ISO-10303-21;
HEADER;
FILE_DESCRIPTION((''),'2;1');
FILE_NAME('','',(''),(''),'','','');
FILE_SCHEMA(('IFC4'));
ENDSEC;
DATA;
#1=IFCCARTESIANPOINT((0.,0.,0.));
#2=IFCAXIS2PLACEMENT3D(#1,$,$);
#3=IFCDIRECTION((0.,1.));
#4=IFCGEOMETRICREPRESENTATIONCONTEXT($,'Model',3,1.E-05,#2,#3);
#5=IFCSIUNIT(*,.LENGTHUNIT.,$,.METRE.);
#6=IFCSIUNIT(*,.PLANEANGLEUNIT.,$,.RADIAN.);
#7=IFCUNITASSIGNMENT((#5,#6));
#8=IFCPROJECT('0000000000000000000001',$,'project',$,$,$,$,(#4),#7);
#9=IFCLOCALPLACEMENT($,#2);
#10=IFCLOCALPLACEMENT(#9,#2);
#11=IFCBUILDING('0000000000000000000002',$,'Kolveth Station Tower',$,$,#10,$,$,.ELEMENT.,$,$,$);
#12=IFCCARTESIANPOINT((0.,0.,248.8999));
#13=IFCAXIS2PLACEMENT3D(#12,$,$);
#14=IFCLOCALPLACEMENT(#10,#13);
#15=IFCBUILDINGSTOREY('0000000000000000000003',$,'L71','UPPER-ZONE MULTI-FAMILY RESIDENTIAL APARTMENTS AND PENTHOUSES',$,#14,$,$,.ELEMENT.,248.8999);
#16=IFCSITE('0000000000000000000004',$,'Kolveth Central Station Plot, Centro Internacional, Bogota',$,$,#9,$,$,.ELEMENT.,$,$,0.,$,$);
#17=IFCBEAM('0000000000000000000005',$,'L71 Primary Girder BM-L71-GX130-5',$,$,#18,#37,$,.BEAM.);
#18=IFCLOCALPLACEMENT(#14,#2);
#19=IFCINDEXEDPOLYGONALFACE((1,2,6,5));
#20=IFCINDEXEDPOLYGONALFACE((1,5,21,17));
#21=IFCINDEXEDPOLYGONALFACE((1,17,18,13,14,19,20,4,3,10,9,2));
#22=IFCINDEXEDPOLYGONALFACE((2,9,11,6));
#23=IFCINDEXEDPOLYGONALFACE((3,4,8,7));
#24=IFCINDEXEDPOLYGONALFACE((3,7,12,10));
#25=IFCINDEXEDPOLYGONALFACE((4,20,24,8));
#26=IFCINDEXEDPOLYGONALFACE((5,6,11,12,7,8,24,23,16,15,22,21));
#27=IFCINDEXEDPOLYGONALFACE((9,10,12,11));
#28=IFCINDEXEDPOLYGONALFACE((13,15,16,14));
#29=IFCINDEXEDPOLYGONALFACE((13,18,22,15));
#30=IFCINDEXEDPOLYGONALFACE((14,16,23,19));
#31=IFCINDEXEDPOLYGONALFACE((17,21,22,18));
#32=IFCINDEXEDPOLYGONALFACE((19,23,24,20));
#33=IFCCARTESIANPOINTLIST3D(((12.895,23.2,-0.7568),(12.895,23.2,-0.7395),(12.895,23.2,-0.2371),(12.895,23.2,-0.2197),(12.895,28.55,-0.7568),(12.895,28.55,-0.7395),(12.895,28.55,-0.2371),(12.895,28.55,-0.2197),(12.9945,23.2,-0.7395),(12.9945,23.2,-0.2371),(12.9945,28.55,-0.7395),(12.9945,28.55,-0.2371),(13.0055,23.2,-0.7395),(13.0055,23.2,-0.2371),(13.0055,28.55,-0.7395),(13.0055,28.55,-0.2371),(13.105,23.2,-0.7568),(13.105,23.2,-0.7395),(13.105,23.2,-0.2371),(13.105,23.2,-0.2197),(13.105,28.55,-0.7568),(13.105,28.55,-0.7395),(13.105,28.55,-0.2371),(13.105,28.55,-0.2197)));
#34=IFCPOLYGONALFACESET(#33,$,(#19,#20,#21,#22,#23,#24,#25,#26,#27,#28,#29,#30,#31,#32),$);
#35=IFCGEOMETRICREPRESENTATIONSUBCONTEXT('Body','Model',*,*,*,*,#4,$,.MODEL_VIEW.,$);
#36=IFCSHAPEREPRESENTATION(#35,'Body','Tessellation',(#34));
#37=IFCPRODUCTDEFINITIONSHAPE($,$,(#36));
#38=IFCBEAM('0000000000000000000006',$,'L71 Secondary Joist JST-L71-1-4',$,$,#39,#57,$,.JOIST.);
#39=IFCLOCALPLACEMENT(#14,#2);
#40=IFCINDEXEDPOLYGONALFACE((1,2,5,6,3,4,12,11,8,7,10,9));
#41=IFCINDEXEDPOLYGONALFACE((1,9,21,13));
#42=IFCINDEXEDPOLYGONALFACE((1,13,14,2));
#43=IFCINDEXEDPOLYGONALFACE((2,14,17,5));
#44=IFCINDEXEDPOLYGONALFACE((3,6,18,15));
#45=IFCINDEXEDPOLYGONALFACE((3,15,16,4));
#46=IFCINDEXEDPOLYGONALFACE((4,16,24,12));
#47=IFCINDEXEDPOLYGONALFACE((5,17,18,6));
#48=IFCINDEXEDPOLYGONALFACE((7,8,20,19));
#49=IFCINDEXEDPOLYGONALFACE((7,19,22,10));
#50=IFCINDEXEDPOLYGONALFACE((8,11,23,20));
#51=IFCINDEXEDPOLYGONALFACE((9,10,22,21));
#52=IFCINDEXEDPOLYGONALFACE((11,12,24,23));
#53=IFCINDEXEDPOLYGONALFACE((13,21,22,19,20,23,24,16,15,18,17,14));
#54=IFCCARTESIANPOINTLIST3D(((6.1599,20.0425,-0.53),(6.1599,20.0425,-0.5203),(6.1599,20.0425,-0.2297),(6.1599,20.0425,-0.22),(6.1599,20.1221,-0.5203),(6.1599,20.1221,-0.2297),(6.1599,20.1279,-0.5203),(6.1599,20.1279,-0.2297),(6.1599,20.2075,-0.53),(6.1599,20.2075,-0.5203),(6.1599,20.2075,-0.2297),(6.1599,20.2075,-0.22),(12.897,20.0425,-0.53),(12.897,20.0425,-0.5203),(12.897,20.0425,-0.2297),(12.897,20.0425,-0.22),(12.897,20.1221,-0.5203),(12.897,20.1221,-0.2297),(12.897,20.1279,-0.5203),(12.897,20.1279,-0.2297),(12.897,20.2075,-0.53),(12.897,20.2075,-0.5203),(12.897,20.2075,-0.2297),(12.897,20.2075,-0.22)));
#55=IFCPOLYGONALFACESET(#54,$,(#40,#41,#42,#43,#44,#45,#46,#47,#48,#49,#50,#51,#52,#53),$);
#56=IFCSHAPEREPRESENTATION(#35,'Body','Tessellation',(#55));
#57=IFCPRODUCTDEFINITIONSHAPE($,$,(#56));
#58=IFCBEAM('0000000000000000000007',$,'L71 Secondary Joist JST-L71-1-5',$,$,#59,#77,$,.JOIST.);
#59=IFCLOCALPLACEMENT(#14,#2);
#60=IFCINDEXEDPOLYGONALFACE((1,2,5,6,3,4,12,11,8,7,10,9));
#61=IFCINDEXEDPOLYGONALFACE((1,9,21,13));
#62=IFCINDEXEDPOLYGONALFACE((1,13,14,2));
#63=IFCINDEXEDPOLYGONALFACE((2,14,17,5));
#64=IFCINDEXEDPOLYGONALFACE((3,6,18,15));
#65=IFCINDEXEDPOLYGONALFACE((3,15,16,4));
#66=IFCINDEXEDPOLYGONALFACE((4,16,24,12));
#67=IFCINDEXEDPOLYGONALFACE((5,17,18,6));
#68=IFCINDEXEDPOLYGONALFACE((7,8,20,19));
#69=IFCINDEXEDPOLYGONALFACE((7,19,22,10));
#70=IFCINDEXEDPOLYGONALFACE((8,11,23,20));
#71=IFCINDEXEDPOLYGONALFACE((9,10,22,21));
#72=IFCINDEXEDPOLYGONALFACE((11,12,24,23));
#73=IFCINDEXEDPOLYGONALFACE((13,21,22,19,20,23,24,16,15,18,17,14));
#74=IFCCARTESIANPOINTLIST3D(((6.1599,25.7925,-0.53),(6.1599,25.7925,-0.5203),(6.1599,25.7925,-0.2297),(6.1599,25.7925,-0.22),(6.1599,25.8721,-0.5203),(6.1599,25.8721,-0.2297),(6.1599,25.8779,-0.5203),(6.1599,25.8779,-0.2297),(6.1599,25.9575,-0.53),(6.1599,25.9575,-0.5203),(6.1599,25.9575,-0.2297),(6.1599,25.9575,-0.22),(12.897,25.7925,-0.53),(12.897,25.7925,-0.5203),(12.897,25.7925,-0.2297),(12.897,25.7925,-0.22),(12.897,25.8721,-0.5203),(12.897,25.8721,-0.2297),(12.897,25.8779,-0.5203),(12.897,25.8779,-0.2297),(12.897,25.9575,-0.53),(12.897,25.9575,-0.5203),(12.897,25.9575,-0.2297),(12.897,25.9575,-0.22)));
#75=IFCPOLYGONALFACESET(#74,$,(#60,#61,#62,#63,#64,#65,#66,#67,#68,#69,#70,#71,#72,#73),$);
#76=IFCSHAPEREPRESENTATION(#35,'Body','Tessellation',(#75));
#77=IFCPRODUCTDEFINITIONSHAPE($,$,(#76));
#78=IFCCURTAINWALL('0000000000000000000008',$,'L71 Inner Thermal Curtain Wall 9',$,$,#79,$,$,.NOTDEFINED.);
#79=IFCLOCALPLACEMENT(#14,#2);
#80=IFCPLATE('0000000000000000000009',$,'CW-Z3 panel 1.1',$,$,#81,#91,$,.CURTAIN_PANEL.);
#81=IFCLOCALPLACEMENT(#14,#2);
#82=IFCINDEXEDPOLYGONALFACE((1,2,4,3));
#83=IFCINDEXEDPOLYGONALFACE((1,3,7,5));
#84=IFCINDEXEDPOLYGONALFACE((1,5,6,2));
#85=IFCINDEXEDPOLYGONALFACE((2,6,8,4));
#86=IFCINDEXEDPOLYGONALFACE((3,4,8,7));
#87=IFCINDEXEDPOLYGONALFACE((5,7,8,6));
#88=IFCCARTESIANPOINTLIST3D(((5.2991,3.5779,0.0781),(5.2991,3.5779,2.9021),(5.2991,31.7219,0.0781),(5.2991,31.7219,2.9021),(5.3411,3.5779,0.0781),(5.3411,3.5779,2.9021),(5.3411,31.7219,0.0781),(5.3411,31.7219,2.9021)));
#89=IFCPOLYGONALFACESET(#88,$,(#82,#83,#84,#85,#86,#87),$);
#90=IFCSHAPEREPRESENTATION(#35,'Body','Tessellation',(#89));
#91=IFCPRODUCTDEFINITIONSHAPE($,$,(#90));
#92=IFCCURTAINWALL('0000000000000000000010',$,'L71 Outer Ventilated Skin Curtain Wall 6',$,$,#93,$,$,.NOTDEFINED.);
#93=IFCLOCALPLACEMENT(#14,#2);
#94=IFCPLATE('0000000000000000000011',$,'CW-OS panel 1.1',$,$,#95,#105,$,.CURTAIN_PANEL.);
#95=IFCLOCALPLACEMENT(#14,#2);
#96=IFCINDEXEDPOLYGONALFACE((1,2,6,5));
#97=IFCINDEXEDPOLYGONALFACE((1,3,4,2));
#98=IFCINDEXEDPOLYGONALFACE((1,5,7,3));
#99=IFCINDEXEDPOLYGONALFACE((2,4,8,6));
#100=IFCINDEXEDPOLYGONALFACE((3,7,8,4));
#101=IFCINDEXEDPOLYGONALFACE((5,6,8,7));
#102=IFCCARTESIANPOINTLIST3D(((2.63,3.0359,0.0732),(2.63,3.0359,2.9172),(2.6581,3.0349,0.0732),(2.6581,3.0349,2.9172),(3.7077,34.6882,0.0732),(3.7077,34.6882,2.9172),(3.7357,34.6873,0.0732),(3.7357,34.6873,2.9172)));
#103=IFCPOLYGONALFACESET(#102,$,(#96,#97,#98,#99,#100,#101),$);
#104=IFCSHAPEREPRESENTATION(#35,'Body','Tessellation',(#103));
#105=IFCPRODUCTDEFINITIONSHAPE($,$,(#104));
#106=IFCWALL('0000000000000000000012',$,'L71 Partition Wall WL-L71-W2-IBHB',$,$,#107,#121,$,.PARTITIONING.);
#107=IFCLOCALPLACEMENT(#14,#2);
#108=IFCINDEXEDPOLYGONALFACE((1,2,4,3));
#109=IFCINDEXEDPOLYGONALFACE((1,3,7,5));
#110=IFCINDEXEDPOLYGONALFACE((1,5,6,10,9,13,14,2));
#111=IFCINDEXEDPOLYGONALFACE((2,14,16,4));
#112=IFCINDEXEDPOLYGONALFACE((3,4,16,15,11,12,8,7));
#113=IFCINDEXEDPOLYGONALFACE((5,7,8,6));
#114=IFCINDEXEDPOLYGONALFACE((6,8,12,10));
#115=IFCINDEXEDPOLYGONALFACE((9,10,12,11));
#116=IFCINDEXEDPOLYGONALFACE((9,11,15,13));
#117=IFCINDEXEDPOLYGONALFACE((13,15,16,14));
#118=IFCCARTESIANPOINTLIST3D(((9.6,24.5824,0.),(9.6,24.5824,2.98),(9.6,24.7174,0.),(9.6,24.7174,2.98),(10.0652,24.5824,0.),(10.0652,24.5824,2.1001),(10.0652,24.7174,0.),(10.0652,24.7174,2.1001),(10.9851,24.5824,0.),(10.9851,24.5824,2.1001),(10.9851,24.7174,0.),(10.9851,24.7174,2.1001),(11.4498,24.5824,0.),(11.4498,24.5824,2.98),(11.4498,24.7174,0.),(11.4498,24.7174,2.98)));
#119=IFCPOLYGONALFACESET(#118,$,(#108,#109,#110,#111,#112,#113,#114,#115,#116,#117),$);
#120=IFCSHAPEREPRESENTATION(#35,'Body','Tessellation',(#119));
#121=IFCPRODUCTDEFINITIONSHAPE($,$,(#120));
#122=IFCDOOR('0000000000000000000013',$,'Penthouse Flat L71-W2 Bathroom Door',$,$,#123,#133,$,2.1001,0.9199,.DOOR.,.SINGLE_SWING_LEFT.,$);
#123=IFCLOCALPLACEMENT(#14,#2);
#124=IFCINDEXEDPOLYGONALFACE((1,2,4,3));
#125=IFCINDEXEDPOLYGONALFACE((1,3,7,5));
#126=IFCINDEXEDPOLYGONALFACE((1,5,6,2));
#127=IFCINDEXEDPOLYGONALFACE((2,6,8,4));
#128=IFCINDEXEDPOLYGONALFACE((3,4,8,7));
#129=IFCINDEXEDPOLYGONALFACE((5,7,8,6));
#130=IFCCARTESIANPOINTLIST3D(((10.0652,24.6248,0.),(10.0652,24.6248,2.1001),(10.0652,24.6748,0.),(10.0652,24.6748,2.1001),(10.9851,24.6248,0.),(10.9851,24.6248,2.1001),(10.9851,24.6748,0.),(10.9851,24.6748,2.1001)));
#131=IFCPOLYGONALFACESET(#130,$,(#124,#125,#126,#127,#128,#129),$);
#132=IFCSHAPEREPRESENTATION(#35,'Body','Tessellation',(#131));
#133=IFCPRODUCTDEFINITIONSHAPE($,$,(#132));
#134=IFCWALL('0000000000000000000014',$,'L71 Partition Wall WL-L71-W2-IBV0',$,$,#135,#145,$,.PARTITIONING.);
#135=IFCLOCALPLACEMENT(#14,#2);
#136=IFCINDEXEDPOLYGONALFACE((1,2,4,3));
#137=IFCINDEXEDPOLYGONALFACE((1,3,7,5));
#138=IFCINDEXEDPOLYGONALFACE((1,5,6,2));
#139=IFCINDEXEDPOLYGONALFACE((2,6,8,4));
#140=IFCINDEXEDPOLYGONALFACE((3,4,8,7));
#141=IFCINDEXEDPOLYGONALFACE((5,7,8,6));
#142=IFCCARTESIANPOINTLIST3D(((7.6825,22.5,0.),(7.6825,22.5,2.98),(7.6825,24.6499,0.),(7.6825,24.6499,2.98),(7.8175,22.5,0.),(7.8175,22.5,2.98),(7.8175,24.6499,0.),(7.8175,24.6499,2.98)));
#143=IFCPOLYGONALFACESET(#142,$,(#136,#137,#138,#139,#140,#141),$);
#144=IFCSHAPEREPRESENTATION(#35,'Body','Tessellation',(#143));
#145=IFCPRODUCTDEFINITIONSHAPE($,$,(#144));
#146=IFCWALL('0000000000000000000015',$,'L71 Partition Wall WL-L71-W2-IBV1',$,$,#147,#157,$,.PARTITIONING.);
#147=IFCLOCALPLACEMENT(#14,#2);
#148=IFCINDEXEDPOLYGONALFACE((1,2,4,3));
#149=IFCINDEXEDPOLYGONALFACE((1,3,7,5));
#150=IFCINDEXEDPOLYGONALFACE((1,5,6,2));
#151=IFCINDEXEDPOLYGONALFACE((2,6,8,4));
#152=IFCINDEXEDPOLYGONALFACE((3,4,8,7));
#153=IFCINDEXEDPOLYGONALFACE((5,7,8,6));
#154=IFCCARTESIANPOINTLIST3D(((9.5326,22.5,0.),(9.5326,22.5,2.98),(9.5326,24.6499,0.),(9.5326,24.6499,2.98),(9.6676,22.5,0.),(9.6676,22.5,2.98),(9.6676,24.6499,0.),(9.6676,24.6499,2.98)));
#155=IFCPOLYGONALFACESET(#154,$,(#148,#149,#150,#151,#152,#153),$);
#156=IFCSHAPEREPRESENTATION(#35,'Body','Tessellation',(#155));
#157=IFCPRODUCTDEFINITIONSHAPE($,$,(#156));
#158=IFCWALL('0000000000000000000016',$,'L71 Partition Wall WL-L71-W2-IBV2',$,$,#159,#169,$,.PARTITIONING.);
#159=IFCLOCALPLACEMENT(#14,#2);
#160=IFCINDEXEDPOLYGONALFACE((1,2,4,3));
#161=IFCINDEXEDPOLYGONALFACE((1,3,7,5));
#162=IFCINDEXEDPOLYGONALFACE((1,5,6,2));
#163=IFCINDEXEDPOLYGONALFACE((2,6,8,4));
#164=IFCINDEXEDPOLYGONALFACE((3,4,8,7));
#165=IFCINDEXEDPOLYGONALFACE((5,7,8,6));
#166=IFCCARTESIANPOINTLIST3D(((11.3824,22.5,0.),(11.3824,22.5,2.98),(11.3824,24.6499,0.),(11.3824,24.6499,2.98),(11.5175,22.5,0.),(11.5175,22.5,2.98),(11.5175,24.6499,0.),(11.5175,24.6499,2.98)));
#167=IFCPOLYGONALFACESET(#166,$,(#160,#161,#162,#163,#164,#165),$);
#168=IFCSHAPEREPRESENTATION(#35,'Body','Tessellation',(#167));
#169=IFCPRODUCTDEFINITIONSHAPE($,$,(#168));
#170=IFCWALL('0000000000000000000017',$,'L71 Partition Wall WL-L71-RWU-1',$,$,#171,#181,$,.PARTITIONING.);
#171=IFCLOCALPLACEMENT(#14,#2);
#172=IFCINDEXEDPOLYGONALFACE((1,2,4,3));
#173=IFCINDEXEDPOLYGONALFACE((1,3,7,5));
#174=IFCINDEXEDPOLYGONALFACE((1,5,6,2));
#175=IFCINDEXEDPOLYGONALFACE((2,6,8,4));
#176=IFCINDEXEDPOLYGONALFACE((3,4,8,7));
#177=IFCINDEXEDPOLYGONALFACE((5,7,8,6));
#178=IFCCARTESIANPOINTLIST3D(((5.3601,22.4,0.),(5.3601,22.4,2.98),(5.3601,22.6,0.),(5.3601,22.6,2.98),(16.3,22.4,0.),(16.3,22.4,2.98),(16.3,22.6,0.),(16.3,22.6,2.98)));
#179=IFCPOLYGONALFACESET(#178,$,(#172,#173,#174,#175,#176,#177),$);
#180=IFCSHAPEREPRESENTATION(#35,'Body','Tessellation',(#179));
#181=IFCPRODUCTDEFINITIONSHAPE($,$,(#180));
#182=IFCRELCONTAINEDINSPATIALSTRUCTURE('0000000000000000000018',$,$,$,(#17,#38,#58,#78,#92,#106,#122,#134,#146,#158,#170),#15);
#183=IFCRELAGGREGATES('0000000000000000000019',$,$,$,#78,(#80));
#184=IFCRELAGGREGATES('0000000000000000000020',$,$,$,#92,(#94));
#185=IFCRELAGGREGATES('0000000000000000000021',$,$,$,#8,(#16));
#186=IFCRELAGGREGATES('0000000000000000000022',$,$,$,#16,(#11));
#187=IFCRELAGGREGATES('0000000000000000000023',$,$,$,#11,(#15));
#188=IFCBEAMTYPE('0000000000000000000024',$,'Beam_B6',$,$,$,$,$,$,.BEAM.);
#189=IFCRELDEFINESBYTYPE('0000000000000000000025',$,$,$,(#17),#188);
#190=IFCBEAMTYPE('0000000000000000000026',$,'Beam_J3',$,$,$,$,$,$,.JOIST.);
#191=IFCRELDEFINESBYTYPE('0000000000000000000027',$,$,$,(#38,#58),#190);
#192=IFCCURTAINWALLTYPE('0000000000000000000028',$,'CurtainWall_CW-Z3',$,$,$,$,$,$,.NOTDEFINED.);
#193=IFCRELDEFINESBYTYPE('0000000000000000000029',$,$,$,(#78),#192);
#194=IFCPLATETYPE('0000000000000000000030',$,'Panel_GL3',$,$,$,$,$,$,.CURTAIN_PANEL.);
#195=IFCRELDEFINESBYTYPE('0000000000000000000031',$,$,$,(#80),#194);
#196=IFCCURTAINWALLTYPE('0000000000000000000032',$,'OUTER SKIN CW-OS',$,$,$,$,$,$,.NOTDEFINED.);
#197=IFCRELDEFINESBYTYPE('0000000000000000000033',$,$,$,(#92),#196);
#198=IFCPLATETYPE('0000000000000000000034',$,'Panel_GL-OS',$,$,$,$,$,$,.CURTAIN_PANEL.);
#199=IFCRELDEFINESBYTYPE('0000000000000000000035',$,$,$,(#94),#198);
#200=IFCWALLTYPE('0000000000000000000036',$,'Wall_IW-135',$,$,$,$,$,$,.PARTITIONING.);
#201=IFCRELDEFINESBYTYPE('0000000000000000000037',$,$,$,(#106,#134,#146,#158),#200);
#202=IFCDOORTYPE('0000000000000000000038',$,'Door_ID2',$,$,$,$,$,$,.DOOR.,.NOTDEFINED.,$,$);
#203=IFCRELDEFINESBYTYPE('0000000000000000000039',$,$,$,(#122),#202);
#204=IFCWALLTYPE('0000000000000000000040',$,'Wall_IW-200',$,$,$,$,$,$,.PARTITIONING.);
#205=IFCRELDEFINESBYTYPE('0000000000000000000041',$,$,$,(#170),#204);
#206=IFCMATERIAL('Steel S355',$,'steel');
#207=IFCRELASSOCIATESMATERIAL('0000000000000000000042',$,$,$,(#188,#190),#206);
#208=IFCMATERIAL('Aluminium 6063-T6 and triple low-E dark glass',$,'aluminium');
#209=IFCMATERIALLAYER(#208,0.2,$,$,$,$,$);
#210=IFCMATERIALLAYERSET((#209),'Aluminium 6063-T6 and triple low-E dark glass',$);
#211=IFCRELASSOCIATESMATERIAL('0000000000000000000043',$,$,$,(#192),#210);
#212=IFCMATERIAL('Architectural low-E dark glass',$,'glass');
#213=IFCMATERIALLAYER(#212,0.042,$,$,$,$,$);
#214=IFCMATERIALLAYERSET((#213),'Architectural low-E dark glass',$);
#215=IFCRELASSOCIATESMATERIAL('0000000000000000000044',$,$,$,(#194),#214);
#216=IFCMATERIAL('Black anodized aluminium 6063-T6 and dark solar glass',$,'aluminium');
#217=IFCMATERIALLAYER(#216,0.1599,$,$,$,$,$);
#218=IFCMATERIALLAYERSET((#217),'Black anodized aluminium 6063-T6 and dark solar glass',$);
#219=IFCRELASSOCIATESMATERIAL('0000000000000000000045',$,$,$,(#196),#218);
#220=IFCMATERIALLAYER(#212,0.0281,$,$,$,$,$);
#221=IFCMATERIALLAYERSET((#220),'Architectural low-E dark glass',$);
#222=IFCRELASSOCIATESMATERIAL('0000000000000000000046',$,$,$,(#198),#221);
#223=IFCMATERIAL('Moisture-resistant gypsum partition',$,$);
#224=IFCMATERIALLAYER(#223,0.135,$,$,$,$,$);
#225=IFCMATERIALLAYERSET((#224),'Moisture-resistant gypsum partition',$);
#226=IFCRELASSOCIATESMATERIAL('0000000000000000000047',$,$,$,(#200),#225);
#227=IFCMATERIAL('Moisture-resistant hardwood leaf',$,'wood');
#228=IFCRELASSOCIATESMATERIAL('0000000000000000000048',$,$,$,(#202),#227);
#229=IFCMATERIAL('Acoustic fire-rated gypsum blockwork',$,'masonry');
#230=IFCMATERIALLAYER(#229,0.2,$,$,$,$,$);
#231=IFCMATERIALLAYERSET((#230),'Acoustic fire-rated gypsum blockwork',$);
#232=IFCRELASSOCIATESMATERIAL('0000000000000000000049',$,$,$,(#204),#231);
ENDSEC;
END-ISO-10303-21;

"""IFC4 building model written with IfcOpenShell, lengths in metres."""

from ifc_helpers import new_model, si_unit, direction, frame, frame_2d, origin, origin_2d, place, context, subcontext, project, spatial, rectangle, i_section, extrude, source, transform, mapped, material, layer, layer_set, material_profile, profile_set, type_object, element, fill, aggregate, save


model = new_model("IFC4")

# Units and contexts
model_context = context("Model", 3, precision=1e-05, world=origin(), true_north=direction((0.0, 1.0)))
body_context = subcontext(model_context, "Body", "Model", "MODEL_VIEW")
ifc_project = project(units=[si_unit("LENGTHUNIT", "METRE"), si_unit("PLANEANGLEUNIT", "RADIAN")], contexts=[model_context])

# Site, building, storey
site_placement = place(None, origin())
site = spatial("IfcSite", under=ifc_project, at=site_placement, Name="Kolveth Central Station Plot, Centro Internacional, Bogota", CompositionType="ELEMENT", RefElevation=0.0)
building_placement = place(site_placement, origin())
building = spatial("IfcBuilding", under=site, at=building_placement, Name="Kolveth Station Tower", CompositionType="ELEMENT")
storey_placement = place(building_placement, frame((0.0, 0.0, 248.8999)))
storey = spatial("IfcBuildingStorey", under=building, at=storey_placement, Name="L71", Description="UPPER-ZONE MULTI-FAMILY RESIDENTIAL APARTMENTS AND PENTHOUSES", CompositionType="ELEMENT", Elevation=248.8999)

# Shared definitions
ifc_material_1 = material(Name="Steel S355", Category="steel")

# Beams
ifc_material_profile_1 = material_profile(ifc_material_1, i_section(OverallWidth=0.21, OverallDepth=0.5371, WebThickness=0.011, FlangeThickness=0.0173, at=origin_2d()), Name="W530x101")
ifc_profile_set_1 = profile_set([ifc_material_profile_1], Name="Steel S355")
beam_type_1 = type_object("IfcBeamType", Name="Beam_B6", PredefinedType="BEAM", material=ifc_profile_set_1)
shared_shape_1 = source(origin(), body_context, "Body", "SweptSolid", [
    extrude(i_section(OverallWidth=0.21, OverallDepth=0.5371, WebThickness=0.011, FlangeThickness=0.0173, at=origin_2d()), origin(), (0.0, 0.0, 1.0), 5.3501),
])
for number, where, z_axis, x_axis, name in (
    (1, (13.0, 23.2, -0.4883), (0.0, 1.0, 0.0), (-1.0, 0.0, 0.0), "L71 Primary Girder BM-L71-GX130-5"),
):
    element("IfcBeam", number, at=place(storey_placement, frame(where, z_axis=z_axis, x_axis=x_axis)), inside=storey, type_object=beam_type_1, Name=name, PredefinedType="BEAM", context=body_context, shape_type="MappedRepresentation", body=[
        mapped(shared_shape_1, transform((0.0, 0.0, 0.0), x_axis=(1.0, 0.0, 0.0), y_axis=(0.0, 1.0, 0.0), z_axis=(0.0, 0.0, 1.0), scale=1.0)),
    ])
ifc_material_profile_2 = material_profile(ifc_material_1, i_section(OverallWidth=0.165, OverallDepth=0.3101, WebThickness=0.0059, FlangeThickness=0.0098, at=origin_2d()), Name="W310x39")
ifc_profile_set_2 = profile_set([ifc_material_profile_2], Name="Steel S355")
beam_type_2 = type_object("IfcBeamType", Name="Beam_J3", PredefinedType="JOIST", material=ifc_profile_set_2)
shared_shape_2 = source(origin(), body_context, "Body", "SweptSolid", [
    extrude(i_section(OverallWidth=0.165, OverallDepth=0.3101, WebThickness=0.0059, FlangeThickness=0.0098, at=origin_2d()), origin(), (0.0, 0.0, 1.0), 6.7371),
])
for number, where, z_axis, x_axis, name in (
    (2, (6.1599, 20.125, -0.375), (1.0, 0.0, 0.0), (0.0, 1.0, 0.0), "L71 Secondary Joist JST-L71-1-4"),
    (3, (6.1599, 25.875, -0.375), (1.0, 0.0, 0.0), (0.0, 1.0, 0.0), "L71 Secondary Joist JST-L71-1-5"),
):
    element("IfcBeam", number, at=place(storey_placement, frame(where, z_axis=z_axis, x_axis=x_axis)), inside=storey, type_object=beam_type_2, Name=name, PredefinedType="JOIST", context=body_context, shape_type="MappedRepresentation", body=[
        mapped(shared_shape_2, transform((0.0, 0.0, 0.0), x_axis=(1.0, 0.0, 0.0), y_axis=(0.0, 1.0, 0.0), z_axis=(0.0, 0.0, 1.0), scale=1.0)),
    ])

# Curtain walls, plates
ifc_material_2 = material(Name="Aluminium 6063-T6 and triple low-E dark glass", Category="aluminium")
ifc_layer_1 = layer(ifc_material_2, 0.2)
ifc_layer_set_1 = layer_set([ifc_layer_1], Name="Aluminium 6063-T6 and triple low-E dark glass")
curtain_wall_type_1 = type_object("IfcCurtainWallType", Name="CurtainWall_CW-Z3", PredefinedType="NOTDEFINED", material=ifc_layer_set_1)
curtain_wall_1_placement = place(storey_placement, origin())
curtain_wall_1 = element("IfcCurtainWall", 4, at=curtain_wall_1_placement, inside=storey, type_object=curtain_wall_type_1, Name="L71 Inner Thermal Curtain Wall 9", PredefinedType="NOTDEFINED")
ifc_material_3 = material(Name="Architectural low-E dark glass", Category="glass")
ifc_layer_2 = layer(ifc_material_3, 0.042)
ifc_layer_set_2 = layer_set([ifc_layer_2], Name="Architectural low-E dark glass")
plate_type_1 = type_object("IfcPlateType", Name="Panel_GL3", PredefinedType="CURTAIN_PANEL", material=ifc_layer_set_2)
shared_shape_3 = source(origin(), body_context, "Body", "SweptSolid", [
    extrude(rectangle(XDim=28.144, YDim=0.042, at=origin_2d()), origin(), (0.0, 0.0, 1.0), 2.824),
])
plate_1_placement = place(storey_placement, frame((5.3201, 17.6499, 0.0781), z_axis=(0.0, 0.0, 1.0), x_axis=(0.0, -1.0, 0.0)))
plate_1 = element("IfcPlate", 5, at=plate_1_placement, type_object=plate_type_1, Name="CW-Z3 panel 1.1", PredefinedType="CURTAIN_PANEL", context=body_context, shape_type="MappedRepresentation", body=[
    mapped(shared_shape_3, transform((0.0, 0.0, 0.0), x_axis=(1.0, 0.0, 0.0), y_axis=(0.0, 1.0, 0.0), z_axis=(0.0, 0.0, 1.0), scale=1.0)),
])
aggregate(curtain_wall_1, [plate_1])
ifc_material_4 = material(Name="Black anodized aluminium 6063-T6 and dark solar glass", Category="aluminium")
ifc_layer_3 = layer(ifc_material_4, 0.1599)
ifc_layer_set_3 = layer_set([ifc_layer_3], Name="Black anodized aluminium 6063-T6 and dark solar glass")
curtain_wall_type_2 = type_object("IfcCurtainWallType", Name="OUTER SKIN CW-OS", PredefinedType="NOTDEFINED", material=ifc_layer_set_3)
curtain_wall_2_placement = place(storey_placement, origin())
curtain_wall_2 = element("IfcCurtainWall", 6, at=curtain_wall_2_placement, inside=storey, type_object=curtain_wall_type_2, Name="L71 Outer Ventilated Skin Curtain Wall 6", PredefinedType="NOTDEFINED")
ifc_layer_4 = layer(ifc_material_3, 0.0281)
ifc_layer_set_4 = layer_set([ifc_layer_4], Name="Architectural low-E dark glass")
plate_type_2 = type_object("IfcPlateType", Name="Panel_GL-OS", PredefinedType="CURTAIN_PANEL", material=ifc_layer_set_4)
shared_shape_4 = source(origin(), body_context, "Body", "SweptSolid", [
    extrude(rectangle(XDim=31.6707, YDim=0.0281, at=origin_2d()), origin(), (0.0, 0.0, 1.0), 2.844),
])
plate_2_placement = place(storey_placement, frame((3.1829, 18.8616, 0.0732), z_axis=(0.0, 0.0, 1.0), x_axis=(-0.034027, -0.999421, 0.0)))
plate_2 = element("IfcPlate", 7, at=plate_2_placement, type_object=plate_type_2, Name="CW-OS panel 1.1", PredefinedType="CURTAIN_PANEL", context=body_context, shape_type="MappedRepresentation", body=[
    mapped(shared_shape_4, transform((0.0, 0.0, 0.0), x_axis=(1.0, 0.0, 0.0), y_axis=(0.0, 1.0, 0.0), z_axis=(0.0, 0.0, 1.0), scale=1.0)),
])
aggregate(curtain_wall_2, [plate_2])

# Wall, opening, door
ifc_material_5 = material(Name="Moisture-resistant gypsum partition")
ifc_layer_5 = layer(ifc_material_5, 0.135)
ifc_layer_set_5 = layer_set([ifc_layer_5], Name="Moisture-resistant gypsum partition")
wall_type_1 = type_object("IfcWallType", Name="Wall_IW-135", PredefinedType="PARTITIONING", material=ifc_layer_set_5)
wall_1_placement = place(storey_placement, frame((9.6001, 24.6499, 0.0), z_axis=(0.0, 0.0, 1.0), x_axis=(1.0, 0.0, 0.0)))
wall_1 = element("IfcWall", 8, at=wall_1_placement, inside=storey, type_object=wall_type_1, Name="L71 Partition Wall WL-L71-W2-IBHB", PredefinedType="PARTITIONING", context=body_context, shape_type="SweptSolid", body=[
    extrude(rectangle(XDim=1.8499, YDim=0.135, at=frame_2d((0.9248, 0.0))), origin(), (0.0, 0.0, 1.0), 2.98),
])
opening_1_placement = place(wall_1_placement, frame((0.4651, 0.0, 0.0)))
opening_1 = element("IfcOpeningElement", 9, at=opening_1_placement, cuts=wall_1, PredefinedType="OPENING", context=body_context, shape_type="SweptSolid", body=[
    extrude(rectangle(XDim=0.9199, YDim=2.1001, at=frame_2d((0.46, 1.05))), frame((0.0, 0.0774, 0.0), z_axis=(0.0, -1.0, 0.0), x_axis=(1.0, 0.0, 0.0)), (0.0, 0.0, 1.0), 0.155),
])
ifc_material_6 = material(Name="Moisture-resistant hardwood leaf", Category="wood")
door_type_1 = type_object("IfcDoorType", Name="Door_ID2", OperationType="NOTDEFINED", PredefinedType="DOOR", material=ifc_material_6)
door_1_placement = place(opening_1_placement, origin())
door_1 = element("IfcDoor", 10, at=door_1_placement, inside=storey, type_object=door_type_1, Name="Penthouse Flat L71-W2 Bathroom Door", OperationType="SINGLE_SWING_LEFT", OverallHeight=2.1001, OverallWidth=0.9199, PredefinedType="DOOR", context=body_context, shape_type="SweptSolid", body=[
    extrude(rectangle(XDim=0.9199, YDim=2.1001, at=frame_2d((0.46, 1.05))), frame((0.0, 0.0249, 0.0), z_axis=(0.0, -1.0, 0.0), x_axis=(1.0, 0.0, 0.0)), (0.0, 0.0, 1.0), 0.05),
])
fill(opening_1, door_1)

# Walls
for number, where, z_axis, x_axis, name in (
    (11, (7.75, 22.5, 0.0), (0.0, 0.0, 1.0), (0.0, 1.0, 0.0), "L71 Partition Wall WL-L71-W2-IBV0"),
    (12, (9.6001, 22.5, 0.0), (0.0, 0.0, 1.0), (0.0, 1.0, 0.0), "L71 Partition Wall WL-L71-W2-IBV1"),
    (13, (11.45, 22.5, 0.0), (0.0, 0.0, 1.0), (0.0, 1.0, 0.0), "L71 Partition Wall WL-L71-W2-IBV2"),
):
    element("IfcWall", number, at=place(storey_placement, frame(where, z_axis=z_axis, x_axis=x_axis)), inside=storey, type_object=wall_type_1, Name=name, PredefinedType="PARTITIONING", context=body_context, shape_type="SweptSolid", body=[
        extrude(rectangle(XDim=2.1499, YDim=0.135, at=frame_2d((1.075, 0.0))), origin(), (0.0, 0.0, 1.0), 2.98),
    ])
ifc_material_7 = material(Name="Acoustic fire-rated gypsum blockwork", Category="masonry")
ifc_layer_6 = layer(ifc_material_7, 0.2)
ifc_layer_set_6 = layer_set([ifc_layer_6], Name="Acoustic fire-rated gypsum blockwork")
wall_type_2 = type_object("IfcWallType", Name="Wall_IW-200", PredefinedType="PARTITIONING", material=ifc_layer_set_6)
wall_2_placement = place(storey_placement, frame((5.3601, 22.5, 0.0), z_axis=(0.0, 0.0, 1.0), x_axis=(1.0, 0.0, 0.0)))
element("IfcWall", 14, at=wall_2_placement, inside=storey, type_object=wall_type_2, Name="L71 Partition Wall WL-L71-RWU-1", PredefinedType="PARTITIONING", context=body_context, shape_type="SweptSolid", body=[
    extrude(rectangle(XDim=10.9399, YDim=0.2, at=frame_2d((5.47, 0.0))), origin(), (0.0, 0.0, 1.0), 2.98),
])

save(model, "model.ifc")
